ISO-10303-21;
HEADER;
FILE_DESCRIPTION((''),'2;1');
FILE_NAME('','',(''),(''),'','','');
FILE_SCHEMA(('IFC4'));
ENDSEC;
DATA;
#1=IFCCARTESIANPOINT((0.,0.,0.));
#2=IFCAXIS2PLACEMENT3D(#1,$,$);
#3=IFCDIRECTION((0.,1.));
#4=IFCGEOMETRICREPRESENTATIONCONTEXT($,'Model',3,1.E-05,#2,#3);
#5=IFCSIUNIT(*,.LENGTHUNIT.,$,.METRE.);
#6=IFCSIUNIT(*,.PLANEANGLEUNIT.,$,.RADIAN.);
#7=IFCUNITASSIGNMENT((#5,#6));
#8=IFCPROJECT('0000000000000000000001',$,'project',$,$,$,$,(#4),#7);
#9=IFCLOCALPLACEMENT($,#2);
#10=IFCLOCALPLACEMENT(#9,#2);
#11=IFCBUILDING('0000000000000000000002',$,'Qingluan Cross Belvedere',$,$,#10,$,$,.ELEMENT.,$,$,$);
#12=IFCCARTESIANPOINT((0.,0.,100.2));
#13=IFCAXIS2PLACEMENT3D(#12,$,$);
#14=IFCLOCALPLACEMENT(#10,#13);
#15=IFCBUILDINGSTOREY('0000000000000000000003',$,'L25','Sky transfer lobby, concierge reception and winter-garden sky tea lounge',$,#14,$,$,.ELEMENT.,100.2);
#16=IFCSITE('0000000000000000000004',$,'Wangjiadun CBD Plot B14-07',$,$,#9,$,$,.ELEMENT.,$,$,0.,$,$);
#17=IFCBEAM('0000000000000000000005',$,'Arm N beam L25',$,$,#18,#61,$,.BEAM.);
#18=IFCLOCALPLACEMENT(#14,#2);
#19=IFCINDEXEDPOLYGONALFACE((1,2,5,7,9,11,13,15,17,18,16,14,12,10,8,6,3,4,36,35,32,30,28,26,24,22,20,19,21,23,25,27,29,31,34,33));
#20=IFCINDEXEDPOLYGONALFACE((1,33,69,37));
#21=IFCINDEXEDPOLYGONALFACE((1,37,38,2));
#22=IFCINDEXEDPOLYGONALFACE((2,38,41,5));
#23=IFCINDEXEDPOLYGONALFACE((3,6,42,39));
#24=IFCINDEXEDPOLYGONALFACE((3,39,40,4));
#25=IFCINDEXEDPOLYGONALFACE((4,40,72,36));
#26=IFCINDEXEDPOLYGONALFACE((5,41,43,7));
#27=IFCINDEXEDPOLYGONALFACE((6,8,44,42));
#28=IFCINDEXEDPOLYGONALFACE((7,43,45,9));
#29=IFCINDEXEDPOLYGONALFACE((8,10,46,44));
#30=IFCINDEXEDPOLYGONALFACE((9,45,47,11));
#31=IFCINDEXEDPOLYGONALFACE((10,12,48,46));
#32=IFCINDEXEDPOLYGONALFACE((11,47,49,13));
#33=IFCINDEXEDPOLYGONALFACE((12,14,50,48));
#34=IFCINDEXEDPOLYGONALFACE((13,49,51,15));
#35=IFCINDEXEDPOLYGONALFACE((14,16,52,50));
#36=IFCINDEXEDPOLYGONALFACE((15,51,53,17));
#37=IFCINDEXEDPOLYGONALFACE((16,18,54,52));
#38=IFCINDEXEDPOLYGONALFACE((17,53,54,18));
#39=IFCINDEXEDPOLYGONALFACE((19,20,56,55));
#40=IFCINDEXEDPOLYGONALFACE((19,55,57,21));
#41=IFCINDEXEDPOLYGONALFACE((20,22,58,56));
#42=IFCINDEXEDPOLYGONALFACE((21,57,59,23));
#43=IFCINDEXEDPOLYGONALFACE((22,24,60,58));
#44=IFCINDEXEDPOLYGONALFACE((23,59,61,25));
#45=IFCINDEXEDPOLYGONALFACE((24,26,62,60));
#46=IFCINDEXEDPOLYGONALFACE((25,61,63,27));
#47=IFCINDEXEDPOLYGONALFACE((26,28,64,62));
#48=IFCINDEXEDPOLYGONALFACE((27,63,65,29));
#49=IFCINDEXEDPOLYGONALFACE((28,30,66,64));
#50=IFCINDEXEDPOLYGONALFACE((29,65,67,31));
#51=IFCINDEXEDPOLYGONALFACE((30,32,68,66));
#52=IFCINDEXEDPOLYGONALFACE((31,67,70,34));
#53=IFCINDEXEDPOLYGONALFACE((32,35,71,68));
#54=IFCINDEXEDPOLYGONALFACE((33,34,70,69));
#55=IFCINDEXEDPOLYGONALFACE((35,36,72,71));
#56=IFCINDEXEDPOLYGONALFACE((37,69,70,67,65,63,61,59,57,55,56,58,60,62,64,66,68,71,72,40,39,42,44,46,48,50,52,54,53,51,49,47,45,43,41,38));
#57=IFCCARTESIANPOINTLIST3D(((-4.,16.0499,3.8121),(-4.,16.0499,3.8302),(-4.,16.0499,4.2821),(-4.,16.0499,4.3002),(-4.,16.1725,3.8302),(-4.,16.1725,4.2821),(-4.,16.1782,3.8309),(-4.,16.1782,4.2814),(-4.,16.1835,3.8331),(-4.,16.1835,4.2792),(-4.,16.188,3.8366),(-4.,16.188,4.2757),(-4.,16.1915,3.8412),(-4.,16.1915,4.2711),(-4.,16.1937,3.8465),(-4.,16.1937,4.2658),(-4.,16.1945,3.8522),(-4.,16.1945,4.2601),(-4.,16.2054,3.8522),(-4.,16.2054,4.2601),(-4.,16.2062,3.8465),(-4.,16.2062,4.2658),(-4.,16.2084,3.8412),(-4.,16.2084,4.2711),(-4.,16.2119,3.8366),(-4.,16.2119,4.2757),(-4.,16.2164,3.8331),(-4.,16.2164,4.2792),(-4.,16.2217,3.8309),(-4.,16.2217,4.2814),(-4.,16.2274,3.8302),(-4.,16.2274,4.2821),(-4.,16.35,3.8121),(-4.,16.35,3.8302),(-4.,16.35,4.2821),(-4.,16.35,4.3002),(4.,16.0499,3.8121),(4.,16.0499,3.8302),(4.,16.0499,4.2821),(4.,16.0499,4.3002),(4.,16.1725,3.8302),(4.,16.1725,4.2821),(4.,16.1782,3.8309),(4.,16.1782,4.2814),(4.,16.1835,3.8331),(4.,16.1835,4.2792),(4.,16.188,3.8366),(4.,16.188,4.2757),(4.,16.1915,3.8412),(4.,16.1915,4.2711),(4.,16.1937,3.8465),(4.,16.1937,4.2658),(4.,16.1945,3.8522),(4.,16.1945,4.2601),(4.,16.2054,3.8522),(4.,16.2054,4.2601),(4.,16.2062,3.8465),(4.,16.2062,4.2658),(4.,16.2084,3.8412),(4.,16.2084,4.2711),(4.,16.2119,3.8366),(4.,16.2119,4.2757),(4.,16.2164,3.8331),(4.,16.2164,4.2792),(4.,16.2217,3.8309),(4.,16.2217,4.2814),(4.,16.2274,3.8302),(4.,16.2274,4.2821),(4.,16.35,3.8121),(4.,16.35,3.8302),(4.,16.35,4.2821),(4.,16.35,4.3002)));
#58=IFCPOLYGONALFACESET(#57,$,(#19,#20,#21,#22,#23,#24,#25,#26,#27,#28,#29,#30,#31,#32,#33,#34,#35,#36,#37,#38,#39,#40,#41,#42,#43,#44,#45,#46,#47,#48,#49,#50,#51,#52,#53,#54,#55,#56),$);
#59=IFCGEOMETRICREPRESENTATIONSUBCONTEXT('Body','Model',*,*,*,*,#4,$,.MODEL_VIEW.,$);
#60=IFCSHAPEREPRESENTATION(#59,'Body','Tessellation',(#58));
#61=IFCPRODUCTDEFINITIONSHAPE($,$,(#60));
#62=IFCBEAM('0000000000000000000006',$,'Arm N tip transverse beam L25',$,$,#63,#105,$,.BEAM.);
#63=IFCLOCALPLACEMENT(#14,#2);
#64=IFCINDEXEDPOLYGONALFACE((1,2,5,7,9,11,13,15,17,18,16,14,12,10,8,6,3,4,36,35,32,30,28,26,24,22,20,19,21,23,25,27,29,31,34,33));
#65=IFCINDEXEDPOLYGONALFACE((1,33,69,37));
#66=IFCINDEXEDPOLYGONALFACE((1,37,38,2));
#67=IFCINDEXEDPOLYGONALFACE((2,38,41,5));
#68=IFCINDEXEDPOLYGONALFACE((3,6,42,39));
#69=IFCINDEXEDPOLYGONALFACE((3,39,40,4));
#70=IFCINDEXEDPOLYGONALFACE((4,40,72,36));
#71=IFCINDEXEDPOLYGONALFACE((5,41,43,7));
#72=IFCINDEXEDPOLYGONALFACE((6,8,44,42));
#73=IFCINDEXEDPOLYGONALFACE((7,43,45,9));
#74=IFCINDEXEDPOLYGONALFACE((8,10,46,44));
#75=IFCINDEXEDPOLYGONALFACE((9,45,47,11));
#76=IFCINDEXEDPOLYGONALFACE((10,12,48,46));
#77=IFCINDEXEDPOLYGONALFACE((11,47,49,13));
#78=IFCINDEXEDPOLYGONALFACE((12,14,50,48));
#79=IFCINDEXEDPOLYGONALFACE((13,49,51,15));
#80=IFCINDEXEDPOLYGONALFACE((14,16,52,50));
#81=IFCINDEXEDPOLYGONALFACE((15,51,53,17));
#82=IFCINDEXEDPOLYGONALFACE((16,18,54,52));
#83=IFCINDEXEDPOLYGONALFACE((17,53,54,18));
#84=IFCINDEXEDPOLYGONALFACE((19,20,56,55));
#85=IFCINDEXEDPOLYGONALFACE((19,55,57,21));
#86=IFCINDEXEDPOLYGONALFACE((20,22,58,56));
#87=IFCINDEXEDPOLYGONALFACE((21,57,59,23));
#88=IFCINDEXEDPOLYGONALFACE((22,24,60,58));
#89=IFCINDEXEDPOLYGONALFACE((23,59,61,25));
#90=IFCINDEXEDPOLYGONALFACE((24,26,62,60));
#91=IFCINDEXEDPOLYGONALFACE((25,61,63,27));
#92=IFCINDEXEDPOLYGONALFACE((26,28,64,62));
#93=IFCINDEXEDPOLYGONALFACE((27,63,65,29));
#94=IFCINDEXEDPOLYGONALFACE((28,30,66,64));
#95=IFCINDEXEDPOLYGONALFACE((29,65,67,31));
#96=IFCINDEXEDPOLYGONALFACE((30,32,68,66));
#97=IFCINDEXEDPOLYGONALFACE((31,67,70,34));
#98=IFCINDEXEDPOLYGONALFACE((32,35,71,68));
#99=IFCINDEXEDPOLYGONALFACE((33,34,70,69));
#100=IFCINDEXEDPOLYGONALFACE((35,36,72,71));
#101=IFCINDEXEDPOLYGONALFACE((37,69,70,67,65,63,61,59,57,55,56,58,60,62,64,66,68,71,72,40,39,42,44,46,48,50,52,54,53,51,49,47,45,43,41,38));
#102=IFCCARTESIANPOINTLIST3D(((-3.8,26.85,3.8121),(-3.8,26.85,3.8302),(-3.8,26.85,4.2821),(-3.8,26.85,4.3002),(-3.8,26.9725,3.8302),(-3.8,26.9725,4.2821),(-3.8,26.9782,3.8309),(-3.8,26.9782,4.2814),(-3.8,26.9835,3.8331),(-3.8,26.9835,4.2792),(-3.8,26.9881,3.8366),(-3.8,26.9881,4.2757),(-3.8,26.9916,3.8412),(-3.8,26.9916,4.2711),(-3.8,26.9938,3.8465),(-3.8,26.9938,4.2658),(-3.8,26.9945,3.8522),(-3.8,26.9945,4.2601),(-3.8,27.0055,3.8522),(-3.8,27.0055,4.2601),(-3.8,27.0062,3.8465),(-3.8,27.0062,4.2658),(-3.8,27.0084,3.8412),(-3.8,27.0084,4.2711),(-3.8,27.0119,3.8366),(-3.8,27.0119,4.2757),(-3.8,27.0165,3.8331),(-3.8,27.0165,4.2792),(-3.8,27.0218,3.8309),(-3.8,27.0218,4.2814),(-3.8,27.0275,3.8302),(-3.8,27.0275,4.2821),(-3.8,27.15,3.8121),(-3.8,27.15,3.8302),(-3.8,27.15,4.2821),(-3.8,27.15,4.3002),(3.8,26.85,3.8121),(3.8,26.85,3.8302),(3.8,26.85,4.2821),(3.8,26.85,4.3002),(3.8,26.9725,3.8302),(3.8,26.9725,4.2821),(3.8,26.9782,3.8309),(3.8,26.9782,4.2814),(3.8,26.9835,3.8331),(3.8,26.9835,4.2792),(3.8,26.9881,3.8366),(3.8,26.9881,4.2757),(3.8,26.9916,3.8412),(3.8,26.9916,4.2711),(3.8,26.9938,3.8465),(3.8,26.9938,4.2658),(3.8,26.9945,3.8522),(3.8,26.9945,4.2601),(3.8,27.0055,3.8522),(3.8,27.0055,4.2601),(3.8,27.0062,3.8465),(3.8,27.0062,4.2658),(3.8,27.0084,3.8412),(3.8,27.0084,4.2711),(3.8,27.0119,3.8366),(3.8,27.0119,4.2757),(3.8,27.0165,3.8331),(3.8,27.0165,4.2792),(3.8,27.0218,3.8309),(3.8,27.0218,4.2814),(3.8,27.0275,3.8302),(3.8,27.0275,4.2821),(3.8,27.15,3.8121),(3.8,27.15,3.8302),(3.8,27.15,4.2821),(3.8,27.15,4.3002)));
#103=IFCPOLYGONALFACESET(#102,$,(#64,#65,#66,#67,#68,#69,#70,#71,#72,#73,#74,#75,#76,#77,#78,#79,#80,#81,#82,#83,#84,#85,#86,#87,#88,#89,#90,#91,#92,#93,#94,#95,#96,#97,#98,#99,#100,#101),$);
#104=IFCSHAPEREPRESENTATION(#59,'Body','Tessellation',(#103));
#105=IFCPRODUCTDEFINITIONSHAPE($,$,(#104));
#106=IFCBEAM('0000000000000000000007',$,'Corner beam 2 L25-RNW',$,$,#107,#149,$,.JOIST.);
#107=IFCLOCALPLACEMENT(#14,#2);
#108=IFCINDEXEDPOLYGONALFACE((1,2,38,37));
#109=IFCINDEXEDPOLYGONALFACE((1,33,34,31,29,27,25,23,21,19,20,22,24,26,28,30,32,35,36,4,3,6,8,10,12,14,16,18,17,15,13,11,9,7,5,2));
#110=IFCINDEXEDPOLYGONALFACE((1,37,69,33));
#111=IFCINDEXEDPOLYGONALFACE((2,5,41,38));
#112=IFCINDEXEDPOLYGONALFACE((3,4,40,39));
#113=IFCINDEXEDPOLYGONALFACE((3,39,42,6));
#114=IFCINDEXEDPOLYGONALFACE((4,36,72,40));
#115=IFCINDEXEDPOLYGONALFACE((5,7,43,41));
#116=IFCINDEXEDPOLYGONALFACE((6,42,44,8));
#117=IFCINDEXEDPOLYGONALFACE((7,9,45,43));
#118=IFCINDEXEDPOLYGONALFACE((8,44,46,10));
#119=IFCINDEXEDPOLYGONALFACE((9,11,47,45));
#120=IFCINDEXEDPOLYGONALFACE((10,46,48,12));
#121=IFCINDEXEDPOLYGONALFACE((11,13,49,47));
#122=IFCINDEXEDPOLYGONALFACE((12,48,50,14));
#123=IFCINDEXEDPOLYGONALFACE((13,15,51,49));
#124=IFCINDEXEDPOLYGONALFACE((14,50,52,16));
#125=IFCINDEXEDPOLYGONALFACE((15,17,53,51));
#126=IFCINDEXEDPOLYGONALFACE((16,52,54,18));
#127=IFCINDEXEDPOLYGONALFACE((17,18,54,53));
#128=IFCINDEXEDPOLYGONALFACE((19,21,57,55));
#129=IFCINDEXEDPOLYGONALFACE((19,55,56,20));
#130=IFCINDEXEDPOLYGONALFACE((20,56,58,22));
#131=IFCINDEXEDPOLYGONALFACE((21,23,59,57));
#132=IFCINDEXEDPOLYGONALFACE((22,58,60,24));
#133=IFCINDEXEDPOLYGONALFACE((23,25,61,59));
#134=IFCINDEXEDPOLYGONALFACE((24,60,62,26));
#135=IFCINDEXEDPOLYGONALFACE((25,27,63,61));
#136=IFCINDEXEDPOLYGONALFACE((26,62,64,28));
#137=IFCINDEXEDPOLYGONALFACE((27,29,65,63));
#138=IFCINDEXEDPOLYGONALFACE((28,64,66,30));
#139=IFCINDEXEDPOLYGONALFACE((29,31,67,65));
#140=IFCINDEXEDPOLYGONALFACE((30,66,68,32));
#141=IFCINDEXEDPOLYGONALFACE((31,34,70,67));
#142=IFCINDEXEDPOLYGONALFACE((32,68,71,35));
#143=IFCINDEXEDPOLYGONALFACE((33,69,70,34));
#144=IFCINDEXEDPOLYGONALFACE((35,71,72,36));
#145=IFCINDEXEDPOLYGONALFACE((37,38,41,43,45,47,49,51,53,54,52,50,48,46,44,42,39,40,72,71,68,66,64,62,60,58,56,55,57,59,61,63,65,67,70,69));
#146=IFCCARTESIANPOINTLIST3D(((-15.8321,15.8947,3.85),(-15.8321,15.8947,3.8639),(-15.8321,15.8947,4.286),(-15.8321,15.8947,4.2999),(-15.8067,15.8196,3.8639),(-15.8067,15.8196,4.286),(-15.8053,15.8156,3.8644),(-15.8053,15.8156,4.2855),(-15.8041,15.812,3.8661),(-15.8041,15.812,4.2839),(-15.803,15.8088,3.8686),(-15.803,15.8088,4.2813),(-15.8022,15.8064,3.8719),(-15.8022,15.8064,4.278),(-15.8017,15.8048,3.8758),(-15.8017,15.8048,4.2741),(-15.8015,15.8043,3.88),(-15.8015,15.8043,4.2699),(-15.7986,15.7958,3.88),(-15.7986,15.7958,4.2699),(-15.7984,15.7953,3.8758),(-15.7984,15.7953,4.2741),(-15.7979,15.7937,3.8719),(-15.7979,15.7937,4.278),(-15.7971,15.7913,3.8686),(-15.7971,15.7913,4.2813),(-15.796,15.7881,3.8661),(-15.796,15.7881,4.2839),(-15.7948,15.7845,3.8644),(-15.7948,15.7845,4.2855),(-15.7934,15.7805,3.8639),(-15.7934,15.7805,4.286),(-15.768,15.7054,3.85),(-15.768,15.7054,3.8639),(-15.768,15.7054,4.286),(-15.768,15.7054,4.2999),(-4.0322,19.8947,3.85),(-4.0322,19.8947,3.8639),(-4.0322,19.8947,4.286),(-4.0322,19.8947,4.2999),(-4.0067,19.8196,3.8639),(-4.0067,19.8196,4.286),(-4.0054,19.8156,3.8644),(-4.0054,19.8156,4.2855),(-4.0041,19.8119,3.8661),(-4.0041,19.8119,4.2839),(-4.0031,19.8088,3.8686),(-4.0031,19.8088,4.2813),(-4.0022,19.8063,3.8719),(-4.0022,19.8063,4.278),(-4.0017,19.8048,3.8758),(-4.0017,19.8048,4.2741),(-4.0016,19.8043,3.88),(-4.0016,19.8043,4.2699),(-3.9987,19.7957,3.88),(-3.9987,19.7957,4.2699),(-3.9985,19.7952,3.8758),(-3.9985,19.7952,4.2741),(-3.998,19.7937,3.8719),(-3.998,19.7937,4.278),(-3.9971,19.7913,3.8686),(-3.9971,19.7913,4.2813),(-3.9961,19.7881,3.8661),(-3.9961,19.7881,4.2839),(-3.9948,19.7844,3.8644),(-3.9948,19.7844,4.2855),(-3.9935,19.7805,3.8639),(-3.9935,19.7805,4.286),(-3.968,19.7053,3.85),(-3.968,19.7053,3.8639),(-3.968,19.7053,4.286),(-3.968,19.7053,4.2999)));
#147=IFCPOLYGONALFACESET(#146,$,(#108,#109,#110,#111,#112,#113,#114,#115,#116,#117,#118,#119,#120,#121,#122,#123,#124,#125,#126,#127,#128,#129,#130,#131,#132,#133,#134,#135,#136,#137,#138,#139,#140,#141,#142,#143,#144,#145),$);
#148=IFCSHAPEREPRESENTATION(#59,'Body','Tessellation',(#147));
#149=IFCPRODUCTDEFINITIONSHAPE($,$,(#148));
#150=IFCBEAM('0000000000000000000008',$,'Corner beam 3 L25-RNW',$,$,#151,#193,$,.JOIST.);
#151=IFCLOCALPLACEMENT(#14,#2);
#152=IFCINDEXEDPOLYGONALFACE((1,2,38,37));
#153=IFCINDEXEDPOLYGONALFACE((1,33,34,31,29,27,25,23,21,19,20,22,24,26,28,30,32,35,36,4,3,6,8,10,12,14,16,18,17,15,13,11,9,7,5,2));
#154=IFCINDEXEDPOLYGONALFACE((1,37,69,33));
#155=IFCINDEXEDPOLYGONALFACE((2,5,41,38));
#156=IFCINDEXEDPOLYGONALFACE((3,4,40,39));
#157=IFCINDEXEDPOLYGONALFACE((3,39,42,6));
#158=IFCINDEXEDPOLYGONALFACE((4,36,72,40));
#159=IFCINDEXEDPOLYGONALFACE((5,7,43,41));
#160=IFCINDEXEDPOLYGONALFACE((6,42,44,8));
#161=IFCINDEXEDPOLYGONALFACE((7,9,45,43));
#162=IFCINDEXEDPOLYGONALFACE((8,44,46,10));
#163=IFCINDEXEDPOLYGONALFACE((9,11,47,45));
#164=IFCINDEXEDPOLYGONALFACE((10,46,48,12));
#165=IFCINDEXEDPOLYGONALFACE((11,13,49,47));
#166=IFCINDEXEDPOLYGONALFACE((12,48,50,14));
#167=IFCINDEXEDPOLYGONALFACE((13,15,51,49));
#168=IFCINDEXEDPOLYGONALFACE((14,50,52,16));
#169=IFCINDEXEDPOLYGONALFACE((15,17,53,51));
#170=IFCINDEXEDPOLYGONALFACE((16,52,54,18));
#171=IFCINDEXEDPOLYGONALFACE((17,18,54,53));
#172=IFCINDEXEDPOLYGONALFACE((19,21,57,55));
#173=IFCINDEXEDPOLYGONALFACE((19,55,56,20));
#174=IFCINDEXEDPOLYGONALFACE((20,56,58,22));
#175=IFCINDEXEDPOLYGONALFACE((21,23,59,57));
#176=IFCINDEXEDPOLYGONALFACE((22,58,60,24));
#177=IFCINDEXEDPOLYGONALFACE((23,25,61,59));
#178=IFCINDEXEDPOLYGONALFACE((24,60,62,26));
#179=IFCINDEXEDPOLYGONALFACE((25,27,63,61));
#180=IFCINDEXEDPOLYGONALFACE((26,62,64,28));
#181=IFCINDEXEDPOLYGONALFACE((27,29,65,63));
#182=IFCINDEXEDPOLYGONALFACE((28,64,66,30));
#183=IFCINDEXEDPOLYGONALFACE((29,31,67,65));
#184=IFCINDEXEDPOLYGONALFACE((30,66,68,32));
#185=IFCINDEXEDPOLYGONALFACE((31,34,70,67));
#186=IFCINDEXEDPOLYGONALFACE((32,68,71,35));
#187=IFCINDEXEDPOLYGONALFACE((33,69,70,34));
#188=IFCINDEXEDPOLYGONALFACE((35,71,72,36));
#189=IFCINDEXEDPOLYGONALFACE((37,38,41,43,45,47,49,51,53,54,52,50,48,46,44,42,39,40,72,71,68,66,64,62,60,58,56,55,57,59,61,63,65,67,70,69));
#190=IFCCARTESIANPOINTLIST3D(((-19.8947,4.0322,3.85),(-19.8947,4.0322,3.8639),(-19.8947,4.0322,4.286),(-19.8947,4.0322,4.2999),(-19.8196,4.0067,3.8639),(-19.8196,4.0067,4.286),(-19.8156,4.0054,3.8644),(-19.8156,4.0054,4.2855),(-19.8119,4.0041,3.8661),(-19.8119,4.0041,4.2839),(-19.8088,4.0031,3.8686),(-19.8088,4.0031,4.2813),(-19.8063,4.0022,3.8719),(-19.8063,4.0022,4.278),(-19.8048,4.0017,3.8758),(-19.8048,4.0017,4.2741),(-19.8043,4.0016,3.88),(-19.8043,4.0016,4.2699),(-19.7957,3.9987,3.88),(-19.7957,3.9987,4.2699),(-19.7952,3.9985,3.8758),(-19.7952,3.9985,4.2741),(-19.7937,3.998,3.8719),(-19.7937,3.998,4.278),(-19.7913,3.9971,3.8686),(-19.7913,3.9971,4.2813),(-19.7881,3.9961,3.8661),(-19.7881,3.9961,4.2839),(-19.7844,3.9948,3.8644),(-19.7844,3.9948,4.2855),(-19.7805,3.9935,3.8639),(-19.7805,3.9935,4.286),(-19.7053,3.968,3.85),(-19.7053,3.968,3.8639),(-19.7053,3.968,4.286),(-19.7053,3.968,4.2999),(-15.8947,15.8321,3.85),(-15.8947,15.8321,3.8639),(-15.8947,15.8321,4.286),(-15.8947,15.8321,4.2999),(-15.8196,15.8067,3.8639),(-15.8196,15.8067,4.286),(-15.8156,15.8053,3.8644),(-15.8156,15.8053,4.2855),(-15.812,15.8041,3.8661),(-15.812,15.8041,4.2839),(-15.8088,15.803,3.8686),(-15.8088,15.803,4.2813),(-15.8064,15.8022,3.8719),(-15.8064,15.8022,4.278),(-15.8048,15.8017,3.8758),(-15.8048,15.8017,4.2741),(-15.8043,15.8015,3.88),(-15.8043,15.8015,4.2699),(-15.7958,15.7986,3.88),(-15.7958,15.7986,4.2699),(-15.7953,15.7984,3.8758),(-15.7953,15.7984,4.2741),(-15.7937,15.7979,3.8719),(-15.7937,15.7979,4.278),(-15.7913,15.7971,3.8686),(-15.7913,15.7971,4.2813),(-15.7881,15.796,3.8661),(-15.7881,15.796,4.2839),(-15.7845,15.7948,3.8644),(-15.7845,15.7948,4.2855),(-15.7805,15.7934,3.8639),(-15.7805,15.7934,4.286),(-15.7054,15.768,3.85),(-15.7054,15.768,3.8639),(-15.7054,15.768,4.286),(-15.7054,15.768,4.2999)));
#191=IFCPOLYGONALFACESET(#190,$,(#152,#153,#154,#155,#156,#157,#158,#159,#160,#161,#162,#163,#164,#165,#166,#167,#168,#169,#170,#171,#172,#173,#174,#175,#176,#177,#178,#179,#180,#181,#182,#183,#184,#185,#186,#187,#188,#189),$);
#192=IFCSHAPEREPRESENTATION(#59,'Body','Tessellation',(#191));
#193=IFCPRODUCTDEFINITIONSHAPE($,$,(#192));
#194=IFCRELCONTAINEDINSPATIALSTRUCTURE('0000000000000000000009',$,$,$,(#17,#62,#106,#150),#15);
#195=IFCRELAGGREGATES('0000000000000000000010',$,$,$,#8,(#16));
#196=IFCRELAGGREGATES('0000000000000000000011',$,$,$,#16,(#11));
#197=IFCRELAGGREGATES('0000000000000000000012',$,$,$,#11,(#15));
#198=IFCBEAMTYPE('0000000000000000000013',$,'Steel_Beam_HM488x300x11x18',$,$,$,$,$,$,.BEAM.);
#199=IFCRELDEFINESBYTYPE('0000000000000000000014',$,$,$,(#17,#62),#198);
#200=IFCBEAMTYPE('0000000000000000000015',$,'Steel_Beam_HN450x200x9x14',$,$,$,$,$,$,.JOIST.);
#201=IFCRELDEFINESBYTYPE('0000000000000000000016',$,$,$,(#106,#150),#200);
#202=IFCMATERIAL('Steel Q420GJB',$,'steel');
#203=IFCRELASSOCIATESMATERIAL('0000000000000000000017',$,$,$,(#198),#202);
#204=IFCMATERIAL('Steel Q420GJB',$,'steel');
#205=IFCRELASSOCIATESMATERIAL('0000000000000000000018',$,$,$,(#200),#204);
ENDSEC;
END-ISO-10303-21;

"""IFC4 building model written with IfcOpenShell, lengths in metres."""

from ifc_helpers import new_model, si_unit, direction, frame, origin, origin_2d, place, context, subcontext, project, spatial, i_section, extrude, material, material_profile, profile_set, type_object, element, save


model = new_model("IFC4")

# Units and contexts
model_context = context("Model", 3, precision=1e-05, world=origin(), true_north=direction((0.0, 1.0)))
body_context = subcontext(model_context, "Body", "Model", "MODEL_VIEW")
ifc_project = project(units=[si_unit("LENGTHUNIT", "METRE"), si_unit("PLANEANGLEUNIT", "RADIAN")], contexts=[model_context])

# Site, building, storey
site_placement = place(None, origin())
site = spatial("IfcSite", under=ifc_project, at=site_placement, Name="Wangjiadun CBD Plot B14-07", CompositionType="ELEMENT", RefElevation=0.0)
building_placement = place(site_placement, origin())
building = spatial("IfcBuilding", under=site, at=building_placement, Name="Qingluan Cross Belvedere", CompositionType="ELEMENT")
storey_placement = place(building_placement, frame((0.0, 0.0, 100.2)))
storey = spatial("IfcBuildingStorey", under=building, at=storey_placement, Name="L25", Description="Sky transfer lobby, concierge reception and winter-garden sky tea lounge", CompositionType="ELEMENT", Elevation=100.2)

# Beams
ifc_material_1 = material(Name="Steel Q420GJB", Category="steel")
ifc_material_profile_1 = material_profile(ifc_material_1, i_section(OverallWidth=0.3, OverallDepth=0.488, WebThickness=0.011, FlangeThickness=0.0181, FilletRadius=0.022, at=origin_2d()), Name="HM488x300x11x18")
ifc_profile_set_1 = profile_set([ifc_material_profile_1], Name="Steel Q420GJB")
beam_type_1 = type_object("IfcBeamType", Name="Steel_Beam_HM488x300x11x18", PredefinedType="BEAM", material=ifc_profile_set_1)
for number, where, z_axis, x_axis, name in (
    (1, (-4.0, 16.2, 4.0562), (1.0, 0.0, 0.0), (0.0, 1.0, 0.0), "Arm N beam L25"),
):
    element("IfcBeam", number, at=place(storey_placement, frame(where, z_axis=z_axis, x_axis=x_axis)), inside=storey, type_object=beam_type_1, Name=name, PredefinedType="BEAM", context=body_context, shape_type="SweptSolid", body=[
        extrude(i_section(OverallWidth=0.3, OverallDepth=0.488, WebThickness=0.011, FlangeThickness=0.0181, FilletRadius=0.022, at=origin_2d()), origin(), (0.0, 0.0, 1.0), 8.0),
    ])
beam_1_placement = place(storey_placement, frame((-3.8, 27.0, 4.0562), z_axis=(1.0, 0.0, 0.0), x_axis=(0.0, 1.0, 0.0)))
element("IfcBeam", 2, at=beam_1_placement, inside=storey, type_object=beam_type_1, Name="Arm N tip transverse beam L25", PredefinedType="BEAM", context=body_context, shape_type="SweptSolid", body=[
    extrude(i_section(OverallWidth=0.3, OverallDepth=0.488, WebThickness=0.011, FlangeThickness=0.0181, FilletRadius=0.022, at=origin_2d()), origin(), (0.0, 0.0, 1.0), 7.6001),
])
ifc_material_2 = material(Name="Steel Q420GJB", Category="steel")
ifc_material_profile_2 = material_profile(ifc_material_2, i_section(OverallWidth=0.2, OverallDepth=0.45, WebThickness=0.009, FlangeThickness=0.0139, FilletRadius=0.0161, at=origin_2d()), Name="HN450x200x9x14")
ifc_profile_set_2 = profile_set([ifc_material_profile_2], Name="Steel Q420GJB")
beam_type_2 = type_object("IfcBeamType", Name="Steel_Beam_HN450x200x9x14", PredefinedType="JOIST", material=ifc_profile_set_2)
for number, where, z_axis, x_axis, name in (
    (3, (-15.8, 15.8, 4.075), (0.947066, 0.321038, 0.0), (-0.321038, 0.947066, 0.0), "Corner beam 2 L25-RNW"),
    (4, (-15.8, 15.8, 4.075), (-0.321038, -0.947066, 0.0), (0.947066, -0.321038, 0.0), "Corner beam 3 L25-RNW"),
):
    element("IfcBeam", number, at=place(storey_placement, frame(where, z_axis=z_axis, x_axis=x_axis)), inside=storey, type_object=beam_type_2, Name=name, PredefinedType="JOIST", context=body_context, shape_type="SweptSolid", body=[
        extrude(i_section(OverallWidth=0.2, OverallDepth=0.45, WebThickness=0.009, FlangeThickness=0.0139, FilletRadius=0.0161, at=origin_2d()), origin(), (0.0, 0.0, 1.0), 12.4595),
    ])

save(model, "model.ifc")
